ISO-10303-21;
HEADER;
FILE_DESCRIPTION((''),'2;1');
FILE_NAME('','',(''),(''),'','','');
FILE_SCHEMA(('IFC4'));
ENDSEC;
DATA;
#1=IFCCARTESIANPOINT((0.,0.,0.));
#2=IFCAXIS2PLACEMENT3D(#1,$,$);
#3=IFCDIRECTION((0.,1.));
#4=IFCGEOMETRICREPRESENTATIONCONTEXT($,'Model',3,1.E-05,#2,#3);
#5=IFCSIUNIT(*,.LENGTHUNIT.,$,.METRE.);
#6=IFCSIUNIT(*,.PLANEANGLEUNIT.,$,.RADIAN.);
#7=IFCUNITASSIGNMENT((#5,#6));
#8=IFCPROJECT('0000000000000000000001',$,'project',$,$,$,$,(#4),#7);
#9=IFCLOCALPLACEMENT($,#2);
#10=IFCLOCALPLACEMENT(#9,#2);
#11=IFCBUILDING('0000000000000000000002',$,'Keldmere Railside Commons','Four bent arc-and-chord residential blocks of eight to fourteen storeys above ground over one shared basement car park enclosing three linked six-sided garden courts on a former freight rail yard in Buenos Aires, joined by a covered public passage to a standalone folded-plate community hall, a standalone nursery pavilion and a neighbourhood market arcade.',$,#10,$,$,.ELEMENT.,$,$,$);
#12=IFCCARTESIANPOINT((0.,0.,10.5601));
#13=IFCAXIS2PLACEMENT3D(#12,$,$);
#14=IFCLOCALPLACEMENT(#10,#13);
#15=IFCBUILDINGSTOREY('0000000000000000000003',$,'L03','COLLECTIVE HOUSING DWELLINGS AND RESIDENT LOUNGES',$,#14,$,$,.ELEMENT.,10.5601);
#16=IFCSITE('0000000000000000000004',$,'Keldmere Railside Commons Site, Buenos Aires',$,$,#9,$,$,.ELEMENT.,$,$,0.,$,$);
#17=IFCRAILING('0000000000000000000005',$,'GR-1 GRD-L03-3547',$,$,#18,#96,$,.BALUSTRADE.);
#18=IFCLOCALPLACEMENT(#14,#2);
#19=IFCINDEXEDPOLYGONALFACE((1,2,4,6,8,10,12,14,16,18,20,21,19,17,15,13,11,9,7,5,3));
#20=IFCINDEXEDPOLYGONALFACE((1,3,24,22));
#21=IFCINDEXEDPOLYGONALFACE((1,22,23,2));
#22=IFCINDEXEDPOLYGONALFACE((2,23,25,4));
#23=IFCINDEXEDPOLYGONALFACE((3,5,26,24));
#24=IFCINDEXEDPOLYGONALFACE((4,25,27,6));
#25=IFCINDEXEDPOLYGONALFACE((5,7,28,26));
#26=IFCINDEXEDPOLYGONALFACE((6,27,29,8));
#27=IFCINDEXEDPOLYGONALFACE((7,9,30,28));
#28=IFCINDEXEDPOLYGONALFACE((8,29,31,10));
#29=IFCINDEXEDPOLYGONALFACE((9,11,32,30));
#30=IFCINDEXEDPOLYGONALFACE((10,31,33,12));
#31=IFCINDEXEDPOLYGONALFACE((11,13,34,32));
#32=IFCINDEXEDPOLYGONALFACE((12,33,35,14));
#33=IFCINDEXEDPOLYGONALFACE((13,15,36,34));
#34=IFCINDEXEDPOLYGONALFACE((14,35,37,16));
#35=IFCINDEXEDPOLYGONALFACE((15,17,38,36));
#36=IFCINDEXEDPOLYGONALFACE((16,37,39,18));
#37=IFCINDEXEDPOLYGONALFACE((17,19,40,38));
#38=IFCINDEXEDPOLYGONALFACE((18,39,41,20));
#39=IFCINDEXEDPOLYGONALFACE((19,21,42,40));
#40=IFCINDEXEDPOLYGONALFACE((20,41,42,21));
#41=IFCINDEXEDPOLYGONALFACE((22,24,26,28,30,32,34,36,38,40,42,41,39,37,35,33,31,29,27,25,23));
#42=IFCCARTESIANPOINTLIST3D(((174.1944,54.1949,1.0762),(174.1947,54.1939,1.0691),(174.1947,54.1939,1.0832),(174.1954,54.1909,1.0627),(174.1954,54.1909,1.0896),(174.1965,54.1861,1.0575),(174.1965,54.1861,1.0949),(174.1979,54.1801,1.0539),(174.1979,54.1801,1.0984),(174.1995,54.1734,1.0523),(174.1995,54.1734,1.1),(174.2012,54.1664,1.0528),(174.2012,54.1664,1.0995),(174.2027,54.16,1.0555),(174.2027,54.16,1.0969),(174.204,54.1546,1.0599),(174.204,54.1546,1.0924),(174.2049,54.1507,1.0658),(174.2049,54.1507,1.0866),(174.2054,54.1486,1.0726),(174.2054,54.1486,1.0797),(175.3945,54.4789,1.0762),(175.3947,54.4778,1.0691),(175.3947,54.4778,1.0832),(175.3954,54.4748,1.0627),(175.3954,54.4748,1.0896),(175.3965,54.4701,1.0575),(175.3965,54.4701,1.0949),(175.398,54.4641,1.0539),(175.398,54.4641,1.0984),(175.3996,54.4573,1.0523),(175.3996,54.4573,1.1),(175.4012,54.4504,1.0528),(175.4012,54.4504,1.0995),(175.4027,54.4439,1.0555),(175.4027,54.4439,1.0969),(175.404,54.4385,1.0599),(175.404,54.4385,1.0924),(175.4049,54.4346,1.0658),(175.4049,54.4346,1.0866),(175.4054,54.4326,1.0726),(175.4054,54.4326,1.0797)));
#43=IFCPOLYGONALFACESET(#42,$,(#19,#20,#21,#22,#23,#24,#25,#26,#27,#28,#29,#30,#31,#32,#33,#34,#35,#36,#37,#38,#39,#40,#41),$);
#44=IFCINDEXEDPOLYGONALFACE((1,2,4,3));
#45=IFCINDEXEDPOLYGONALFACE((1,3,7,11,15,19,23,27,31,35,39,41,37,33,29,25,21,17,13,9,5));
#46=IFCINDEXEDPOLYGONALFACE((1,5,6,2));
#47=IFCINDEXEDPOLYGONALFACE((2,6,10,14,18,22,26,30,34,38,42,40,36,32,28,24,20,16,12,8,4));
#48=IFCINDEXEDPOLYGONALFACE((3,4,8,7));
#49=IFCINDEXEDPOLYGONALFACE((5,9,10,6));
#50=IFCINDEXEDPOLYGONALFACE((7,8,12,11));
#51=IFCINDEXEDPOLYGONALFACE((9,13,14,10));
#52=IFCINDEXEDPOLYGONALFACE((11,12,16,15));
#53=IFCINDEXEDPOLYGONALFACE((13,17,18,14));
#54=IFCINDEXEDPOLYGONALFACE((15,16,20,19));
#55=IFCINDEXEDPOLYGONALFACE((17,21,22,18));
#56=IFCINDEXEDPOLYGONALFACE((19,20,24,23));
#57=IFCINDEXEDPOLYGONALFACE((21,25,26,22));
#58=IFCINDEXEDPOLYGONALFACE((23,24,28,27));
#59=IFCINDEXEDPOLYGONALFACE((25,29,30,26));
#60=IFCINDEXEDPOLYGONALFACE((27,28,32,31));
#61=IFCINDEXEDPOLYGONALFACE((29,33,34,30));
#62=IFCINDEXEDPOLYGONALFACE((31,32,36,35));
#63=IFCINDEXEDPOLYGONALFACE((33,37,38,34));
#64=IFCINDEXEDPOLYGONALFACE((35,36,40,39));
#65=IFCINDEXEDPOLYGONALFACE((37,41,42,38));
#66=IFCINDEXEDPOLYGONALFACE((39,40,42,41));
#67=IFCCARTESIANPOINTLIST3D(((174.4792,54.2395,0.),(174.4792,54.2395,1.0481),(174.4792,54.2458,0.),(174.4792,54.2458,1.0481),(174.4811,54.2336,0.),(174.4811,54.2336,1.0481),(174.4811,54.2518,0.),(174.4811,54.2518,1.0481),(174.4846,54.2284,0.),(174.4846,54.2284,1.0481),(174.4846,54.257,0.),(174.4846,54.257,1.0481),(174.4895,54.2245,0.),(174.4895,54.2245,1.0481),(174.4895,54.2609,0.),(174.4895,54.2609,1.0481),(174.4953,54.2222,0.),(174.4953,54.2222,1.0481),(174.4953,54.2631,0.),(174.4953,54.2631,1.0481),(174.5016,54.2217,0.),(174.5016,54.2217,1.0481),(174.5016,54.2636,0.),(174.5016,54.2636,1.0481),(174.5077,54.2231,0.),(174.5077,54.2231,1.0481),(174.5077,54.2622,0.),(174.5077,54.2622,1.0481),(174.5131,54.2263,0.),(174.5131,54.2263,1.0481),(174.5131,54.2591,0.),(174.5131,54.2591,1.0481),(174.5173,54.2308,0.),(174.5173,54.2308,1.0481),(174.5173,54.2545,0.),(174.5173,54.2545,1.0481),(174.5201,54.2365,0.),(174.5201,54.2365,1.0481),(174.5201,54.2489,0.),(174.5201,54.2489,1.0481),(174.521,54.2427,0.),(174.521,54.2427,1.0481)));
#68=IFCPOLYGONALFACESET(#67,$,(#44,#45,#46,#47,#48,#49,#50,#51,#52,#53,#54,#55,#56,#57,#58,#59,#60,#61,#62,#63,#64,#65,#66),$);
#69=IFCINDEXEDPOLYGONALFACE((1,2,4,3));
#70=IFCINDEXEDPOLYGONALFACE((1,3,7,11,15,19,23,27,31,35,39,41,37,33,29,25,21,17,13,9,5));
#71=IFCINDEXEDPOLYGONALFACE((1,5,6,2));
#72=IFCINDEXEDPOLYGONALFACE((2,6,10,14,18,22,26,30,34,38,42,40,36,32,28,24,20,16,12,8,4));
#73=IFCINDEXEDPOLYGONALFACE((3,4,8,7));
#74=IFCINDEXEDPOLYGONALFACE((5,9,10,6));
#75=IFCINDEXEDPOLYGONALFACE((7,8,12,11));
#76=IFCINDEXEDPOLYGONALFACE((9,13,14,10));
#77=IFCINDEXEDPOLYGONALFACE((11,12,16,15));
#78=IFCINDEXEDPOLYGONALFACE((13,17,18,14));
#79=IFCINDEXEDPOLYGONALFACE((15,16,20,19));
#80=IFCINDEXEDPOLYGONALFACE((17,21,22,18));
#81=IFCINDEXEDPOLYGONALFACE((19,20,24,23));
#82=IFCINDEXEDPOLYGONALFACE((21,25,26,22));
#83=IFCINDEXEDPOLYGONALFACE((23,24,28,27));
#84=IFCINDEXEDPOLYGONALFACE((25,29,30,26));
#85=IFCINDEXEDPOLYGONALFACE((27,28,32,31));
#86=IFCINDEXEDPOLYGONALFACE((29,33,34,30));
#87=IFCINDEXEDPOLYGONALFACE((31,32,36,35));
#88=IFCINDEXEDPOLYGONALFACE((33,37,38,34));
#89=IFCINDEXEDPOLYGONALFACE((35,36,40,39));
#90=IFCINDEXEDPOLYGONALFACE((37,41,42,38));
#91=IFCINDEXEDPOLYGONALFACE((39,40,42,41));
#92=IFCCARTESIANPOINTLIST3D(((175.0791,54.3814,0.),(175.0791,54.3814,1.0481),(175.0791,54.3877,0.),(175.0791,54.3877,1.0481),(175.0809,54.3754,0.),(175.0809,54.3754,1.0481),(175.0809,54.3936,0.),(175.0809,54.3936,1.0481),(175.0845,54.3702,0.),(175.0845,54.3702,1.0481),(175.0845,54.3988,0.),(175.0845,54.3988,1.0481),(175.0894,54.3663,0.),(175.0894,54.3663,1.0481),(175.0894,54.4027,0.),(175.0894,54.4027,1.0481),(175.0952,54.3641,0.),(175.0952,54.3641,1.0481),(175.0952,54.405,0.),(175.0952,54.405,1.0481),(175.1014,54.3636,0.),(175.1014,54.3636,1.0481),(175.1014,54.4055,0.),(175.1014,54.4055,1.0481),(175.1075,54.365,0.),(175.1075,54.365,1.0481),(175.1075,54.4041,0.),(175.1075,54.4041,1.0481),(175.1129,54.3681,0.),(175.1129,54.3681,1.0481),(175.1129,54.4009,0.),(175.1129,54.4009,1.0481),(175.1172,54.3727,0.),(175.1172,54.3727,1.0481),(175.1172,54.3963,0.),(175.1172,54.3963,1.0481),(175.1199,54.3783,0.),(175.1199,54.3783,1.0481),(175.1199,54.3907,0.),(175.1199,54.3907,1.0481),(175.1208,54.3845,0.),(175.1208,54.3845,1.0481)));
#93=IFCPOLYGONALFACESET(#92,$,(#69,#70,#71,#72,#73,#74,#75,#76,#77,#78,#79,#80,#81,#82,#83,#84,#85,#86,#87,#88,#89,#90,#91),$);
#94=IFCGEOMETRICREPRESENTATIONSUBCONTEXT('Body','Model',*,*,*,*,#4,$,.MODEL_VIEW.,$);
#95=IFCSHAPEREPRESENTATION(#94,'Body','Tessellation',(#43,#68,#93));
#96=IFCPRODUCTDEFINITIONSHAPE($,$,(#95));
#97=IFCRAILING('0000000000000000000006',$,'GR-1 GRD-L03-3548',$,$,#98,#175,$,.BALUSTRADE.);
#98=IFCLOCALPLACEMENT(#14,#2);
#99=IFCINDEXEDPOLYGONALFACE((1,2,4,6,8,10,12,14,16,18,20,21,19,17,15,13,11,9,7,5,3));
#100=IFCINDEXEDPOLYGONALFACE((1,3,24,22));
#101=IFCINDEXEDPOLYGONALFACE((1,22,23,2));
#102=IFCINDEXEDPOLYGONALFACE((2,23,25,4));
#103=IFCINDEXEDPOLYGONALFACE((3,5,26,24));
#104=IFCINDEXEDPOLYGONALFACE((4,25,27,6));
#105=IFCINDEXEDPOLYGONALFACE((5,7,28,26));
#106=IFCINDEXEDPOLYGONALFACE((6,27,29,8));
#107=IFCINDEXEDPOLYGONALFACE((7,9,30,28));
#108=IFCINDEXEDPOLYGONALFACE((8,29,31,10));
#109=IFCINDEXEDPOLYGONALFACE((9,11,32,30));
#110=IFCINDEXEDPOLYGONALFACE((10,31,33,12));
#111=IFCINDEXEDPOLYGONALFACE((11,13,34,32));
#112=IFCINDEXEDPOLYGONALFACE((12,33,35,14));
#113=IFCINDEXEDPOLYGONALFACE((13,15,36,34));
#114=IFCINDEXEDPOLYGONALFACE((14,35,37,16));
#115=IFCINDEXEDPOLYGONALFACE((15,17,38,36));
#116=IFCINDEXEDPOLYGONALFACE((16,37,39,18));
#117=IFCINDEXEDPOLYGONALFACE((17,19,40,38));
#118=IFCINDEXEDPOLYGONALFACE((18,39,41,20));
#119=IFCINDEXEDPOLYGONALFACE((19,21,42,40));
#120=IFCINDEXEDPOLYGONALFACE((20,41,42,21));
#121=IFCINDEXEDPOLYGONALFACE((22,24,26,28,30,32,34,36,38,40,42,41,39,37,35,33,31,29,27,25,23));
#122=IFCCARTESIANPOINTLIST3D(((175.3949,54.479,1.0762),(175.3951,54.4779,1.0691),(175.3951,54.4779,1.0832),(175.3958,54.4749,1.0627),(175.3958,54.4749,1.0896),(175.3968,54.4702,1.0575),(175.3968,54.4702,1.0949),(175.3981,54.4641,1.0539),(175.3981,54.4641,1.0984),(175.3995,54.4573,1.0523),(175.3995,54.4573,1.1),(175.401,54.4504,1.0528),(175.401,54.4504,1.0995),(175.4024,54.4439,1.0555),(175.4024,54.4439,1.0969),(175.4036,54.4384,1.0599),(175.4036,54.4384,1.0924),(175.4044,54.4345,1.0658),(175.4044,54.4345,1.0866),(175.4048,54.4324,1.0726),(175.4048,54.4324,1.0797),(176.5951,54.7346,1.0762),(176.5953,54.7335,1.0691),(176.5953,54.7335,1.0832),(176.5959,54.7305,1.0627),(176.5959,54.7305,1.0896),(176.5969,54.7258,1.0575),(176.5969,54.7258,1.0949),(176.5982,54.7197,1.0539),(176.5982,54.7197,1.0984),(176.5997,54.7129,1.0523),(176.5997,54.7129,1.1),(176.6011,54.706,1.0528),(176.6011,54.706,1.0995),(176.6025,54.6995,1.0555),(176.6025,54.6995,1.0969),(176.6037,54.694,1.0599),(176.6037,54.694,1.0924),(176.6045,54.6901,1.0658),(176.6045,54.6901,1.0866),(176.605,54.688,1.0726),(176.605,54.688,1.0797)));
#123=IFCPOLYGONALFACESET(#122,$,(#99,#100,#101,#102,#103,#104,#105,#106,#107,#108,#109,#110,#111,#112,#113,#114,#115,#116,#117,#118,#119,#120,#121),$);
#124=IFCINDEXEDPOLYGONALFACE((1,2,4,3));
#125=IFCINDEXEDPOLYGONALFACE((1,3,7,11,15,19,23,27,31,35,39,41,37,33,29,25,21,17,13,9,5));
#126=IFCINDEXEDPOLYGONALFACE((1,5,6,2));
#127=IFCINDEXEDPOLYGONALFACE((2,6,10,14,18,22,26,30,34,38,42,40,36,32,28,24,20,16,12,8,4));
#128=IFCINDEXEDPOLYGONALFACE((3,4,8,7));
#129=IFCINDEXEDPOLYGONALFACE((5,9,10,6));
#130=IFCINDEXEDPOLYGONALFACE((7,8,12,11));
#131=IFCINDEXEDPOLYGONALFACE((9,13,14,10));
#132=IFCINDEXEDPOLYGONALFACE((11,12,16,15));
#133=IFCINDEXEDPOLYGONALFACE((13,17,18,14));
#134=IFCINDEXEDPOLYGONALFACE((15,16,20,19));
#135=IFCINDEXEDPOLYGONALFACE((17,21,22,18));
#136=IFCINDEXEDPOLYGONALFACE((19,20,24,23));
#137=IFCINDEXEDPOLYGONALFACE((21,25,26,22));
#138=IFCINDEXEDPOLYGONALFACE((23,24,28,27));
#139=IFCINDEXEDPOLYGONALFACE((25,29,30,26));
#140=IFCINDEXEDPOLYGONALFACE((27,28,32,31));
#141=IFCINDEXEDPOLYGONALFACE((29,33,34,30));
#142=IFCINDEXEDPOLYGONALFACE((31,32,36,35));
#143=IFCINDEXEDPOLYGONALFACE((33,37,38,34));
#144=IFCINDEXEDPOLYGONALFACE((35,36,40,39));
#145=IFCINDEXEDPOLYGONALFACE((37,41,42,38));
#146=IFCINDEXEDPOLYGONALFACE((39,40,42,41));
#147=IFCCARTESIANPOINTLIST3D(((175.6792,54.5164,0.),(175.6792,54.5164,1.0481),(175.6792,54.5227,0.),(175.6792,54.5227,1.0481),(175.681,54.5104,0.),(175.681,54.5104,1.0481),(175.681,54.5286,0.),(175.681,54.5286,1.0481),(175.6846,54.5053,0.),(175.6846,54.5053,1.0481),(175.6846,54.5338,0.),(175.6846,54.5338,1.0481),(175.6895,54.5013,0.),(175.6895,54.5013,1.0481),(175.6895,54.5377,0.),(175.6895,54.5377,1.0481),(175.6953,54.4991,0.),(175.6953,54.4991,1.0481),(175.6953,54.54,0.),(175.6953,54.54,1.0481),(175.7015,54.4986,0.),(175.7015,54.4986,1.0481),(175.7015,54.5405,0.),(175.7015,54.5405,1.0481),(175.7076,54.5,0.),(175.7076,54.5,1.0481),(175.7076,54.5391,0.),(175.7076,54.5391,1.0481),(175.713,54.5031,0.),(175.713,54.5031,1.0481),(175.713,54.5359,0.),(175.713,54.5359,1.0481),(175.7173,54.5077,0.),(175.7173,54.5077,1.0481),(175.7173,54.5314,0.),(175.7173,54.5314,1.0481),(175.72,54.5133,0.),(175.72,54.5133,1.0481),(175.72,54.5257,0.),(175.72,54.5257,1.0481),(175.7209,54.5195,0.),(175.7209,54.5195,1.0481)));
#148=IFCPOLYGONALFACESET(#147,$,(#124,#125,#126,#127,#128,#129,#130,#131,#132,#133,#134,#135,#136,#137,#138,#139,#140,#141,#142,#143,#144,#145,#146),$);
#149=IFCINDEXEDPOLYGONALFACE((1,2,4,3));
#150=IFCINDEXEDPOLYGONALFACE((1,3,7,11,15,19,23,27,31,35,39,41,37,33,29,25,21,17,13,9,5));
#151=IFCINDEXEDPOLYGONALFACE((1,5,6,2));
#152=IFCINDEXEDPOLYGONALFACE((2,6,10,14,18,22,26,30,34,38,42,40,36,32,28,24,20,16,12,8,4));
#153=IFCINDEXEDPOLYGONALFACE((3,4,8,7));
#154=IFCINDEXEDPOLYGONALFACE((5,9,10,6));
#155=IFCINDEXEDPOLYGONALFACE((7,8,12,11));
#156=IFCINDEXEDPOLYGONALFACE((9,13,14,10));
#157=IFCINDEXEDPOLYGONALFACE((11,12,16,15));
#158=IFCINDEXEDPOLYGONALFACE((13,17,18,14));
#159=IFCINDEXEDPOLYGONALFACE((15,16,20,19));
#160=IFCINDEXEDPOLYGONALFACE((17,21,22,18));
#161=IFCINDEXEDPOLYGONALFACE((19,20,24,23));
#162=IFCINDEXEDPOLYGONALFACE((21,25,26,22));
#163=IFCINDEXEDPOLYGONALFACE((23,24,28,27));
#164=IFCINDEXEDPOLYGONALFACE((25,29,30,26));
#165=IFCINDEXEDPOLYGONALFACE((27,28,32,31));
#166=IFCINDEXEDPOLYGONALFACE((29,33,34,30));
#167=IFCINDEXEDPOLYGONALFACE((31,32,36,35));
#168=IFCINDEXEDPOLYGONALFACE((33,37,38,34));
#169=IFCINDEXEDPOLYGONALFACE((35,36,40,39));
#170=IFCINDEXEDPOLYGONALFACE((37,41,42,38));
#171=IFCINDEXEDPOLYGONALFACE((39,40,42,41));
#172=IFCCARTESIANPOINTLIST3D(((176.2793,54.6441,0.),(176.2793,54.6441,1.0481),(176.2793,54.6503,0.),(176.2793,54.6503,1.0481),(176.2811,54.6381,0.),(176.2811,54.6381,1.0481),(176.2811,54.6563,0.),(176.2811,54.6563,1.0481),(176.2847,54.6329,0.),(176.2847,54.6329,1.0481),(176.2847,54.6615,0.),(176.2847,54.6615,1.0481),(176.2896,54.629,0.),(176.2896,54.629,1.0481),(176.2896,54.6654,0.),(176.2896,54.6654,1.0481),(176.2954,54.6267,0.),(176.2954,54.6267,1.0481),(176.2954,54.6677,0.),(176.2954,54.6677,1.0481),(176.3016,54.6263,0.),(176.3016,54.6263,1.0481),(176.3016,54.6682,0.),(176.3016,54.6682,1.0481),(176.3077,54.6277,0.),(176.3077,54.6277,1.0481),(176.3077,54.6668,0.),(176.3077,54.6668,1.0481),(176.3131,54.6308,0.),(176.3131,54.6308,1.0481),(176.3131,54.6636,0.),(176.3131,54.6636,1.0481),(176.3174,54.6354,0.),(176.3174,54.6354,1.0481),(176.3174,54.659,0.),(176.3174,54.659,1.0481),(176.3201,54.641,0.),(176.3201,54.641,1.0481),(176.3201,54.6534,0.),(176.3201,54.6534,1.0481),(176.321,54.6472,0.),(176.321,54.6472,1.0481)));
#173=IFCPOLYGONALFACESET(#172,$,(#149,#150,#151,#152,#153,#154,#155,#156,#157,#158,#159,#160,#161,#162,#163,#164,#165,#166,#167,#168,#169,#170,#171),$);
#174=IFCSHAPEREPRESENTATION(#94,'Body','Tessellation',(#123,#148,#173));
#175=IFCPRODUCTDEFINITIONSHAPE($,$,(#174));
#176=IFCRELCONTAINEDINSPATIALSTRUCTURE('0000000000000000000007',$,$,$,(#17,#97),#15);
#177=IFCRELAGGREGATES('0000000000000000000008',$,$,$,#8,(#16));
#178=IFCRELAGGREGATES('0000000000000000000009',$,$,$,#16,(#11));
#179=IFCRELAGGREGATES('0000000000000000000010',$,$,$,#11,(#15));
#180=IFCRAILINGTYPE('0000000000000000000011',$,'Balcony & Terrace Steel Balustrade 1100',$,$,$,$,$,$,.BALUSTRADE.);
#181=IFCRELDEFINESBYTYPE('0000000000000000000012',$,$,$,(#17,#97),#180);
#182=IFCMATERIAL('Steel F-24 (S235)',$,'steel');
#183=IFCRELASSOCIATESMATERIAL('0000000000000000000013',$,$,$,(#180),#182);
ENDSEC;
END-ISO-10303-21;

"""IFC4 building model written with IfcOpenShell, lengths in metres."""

from ifc_helpers import new_model, si_unit, direction, frame, origin, origin_2d, place, context, subcontext, project, spatial, circle, extrude, material, type_object, element, save


model = new_model("IFC4")

# Units and contexts
model_context = context("Model", 3, precision=1e-05, world=origin(), true_north=direction((0.0, 1.0)))
body_context = subcontext(model_context, "Body", "Model", "MODEL_VIEW")
ifc_project = project(units=[si_unit("LENGTHUNIT", "METRE"), si_unit("PLANEANGLEUNIT", "RADIAN")], contexts=[model_context])

# Site, building, storey
site_placement = place(None, origin())
site = spatial("IfcSite", under=ifc_project, at=site_placement, Name="Keldmere Railside Commons Site, Buenos Aires", CompositionType="ELEMENT", RefElevation=0.0)
building_placement = place(site_placement, origin())
building = spatial("IfcBuilding", under=site, at=building_placement, Name="Keldmere Railside Commons", Description="Four bent arc-and-chord residential blocks of eight to fourteen storeys above ground over one shared basement car park enclosing three linked six-sided garden courts on a former freight rail yard in Buenos Aires, joined by a covered public passage to a standalone folded-plate community hall, a standalone nursery pavilion and a neighbourhood market arcade.", CompositionType="ELEMENT")
storey_placement = place(building_placement, frame((0.0, 0.0, 10.5601)))
storey = spatial("IfcBuildingStorey", under=building, at=storey_placement, Name="L03", Description="COLLECTIVE HOUSING DWELLINGS AND RESIDENT LOUNGES", CompositionType="ELEMENT", Elevation=10.5601)

# Railings
ifc_material_1 = material(Name="Steel F-24 (S235)", Category="steel")
railing_type_1 = type_object("IfcRailingType", Name="Balcony & Terrace Steel Balustrade 1100", PredefinedType="BALUSTRADE", material=ifc_material_1)
railing_1_placement = place(storey_placement, frame((174.2, 54.1716, 0.0)))
element("IfcRailing", 1, at=railing_1_placement, inside=storey, type_object=railing_type_1, Name="GR-1 GRD-L03-3547", PredefinedType="BALUSTRADE", context=body_context, shape_type="SweptSolid", body=[
    extrude(circle(Radius=0.0239, at=origin_2d()), frame((0.0, 0.0, 1.0762), z_axis=(0.973128, 0.230264, 0.0), x_axis=(-0.230264, 0.973128, 0.0)), (0.0, 0.0, 1.0), 1.2332),
    extrude(circle(Radius=0.021, at=origin_2d()), frame((0.3, 0.071, 0.0)), (0.0, 0.0, 1.0), 1.0481),
    extrude(circle(Radius=0.021, at=origin_2d()), frame((0.8999, 0.2129, 0.0)), (0.0, 0.0, 1.0), 1.0481),
])
railing_2_placement = place(storey_placement, frame((175.3999, 54.4556, 0.0)))
element("IfcRailing", 2, at=railing_2_placement, inside=storey, type_object=railing_type_1, Name="GR-1 GRD-L03-3548", PredefinedType="BALUSTRADE", context=body_context, shape_type="SweptSolid", body=[
    extrude(circle(Radius=0.0239, at=origin_2d()), frame((0.0, 0.0, 1.0762), z_axis=(0.978064, 0.208306, 0.0), x_axis=(-0.208306, 0.978064, 0.0)), (0.0, 0.0, 1.0), 1.2271),
    extrude(circle(Radius=0.021, at=origin_2d()), frame((0.3, 0.064, 0.0)), (0.0, 0.0, 1.0), 1.0481),
    extrude(circle(Radius=0.021, at=origin_2d()), frame((0.9001, 0.1917, 0.0)), (0.0, 0.0, 1.0), 1.0481),
])

save(model, "model.ifc")
